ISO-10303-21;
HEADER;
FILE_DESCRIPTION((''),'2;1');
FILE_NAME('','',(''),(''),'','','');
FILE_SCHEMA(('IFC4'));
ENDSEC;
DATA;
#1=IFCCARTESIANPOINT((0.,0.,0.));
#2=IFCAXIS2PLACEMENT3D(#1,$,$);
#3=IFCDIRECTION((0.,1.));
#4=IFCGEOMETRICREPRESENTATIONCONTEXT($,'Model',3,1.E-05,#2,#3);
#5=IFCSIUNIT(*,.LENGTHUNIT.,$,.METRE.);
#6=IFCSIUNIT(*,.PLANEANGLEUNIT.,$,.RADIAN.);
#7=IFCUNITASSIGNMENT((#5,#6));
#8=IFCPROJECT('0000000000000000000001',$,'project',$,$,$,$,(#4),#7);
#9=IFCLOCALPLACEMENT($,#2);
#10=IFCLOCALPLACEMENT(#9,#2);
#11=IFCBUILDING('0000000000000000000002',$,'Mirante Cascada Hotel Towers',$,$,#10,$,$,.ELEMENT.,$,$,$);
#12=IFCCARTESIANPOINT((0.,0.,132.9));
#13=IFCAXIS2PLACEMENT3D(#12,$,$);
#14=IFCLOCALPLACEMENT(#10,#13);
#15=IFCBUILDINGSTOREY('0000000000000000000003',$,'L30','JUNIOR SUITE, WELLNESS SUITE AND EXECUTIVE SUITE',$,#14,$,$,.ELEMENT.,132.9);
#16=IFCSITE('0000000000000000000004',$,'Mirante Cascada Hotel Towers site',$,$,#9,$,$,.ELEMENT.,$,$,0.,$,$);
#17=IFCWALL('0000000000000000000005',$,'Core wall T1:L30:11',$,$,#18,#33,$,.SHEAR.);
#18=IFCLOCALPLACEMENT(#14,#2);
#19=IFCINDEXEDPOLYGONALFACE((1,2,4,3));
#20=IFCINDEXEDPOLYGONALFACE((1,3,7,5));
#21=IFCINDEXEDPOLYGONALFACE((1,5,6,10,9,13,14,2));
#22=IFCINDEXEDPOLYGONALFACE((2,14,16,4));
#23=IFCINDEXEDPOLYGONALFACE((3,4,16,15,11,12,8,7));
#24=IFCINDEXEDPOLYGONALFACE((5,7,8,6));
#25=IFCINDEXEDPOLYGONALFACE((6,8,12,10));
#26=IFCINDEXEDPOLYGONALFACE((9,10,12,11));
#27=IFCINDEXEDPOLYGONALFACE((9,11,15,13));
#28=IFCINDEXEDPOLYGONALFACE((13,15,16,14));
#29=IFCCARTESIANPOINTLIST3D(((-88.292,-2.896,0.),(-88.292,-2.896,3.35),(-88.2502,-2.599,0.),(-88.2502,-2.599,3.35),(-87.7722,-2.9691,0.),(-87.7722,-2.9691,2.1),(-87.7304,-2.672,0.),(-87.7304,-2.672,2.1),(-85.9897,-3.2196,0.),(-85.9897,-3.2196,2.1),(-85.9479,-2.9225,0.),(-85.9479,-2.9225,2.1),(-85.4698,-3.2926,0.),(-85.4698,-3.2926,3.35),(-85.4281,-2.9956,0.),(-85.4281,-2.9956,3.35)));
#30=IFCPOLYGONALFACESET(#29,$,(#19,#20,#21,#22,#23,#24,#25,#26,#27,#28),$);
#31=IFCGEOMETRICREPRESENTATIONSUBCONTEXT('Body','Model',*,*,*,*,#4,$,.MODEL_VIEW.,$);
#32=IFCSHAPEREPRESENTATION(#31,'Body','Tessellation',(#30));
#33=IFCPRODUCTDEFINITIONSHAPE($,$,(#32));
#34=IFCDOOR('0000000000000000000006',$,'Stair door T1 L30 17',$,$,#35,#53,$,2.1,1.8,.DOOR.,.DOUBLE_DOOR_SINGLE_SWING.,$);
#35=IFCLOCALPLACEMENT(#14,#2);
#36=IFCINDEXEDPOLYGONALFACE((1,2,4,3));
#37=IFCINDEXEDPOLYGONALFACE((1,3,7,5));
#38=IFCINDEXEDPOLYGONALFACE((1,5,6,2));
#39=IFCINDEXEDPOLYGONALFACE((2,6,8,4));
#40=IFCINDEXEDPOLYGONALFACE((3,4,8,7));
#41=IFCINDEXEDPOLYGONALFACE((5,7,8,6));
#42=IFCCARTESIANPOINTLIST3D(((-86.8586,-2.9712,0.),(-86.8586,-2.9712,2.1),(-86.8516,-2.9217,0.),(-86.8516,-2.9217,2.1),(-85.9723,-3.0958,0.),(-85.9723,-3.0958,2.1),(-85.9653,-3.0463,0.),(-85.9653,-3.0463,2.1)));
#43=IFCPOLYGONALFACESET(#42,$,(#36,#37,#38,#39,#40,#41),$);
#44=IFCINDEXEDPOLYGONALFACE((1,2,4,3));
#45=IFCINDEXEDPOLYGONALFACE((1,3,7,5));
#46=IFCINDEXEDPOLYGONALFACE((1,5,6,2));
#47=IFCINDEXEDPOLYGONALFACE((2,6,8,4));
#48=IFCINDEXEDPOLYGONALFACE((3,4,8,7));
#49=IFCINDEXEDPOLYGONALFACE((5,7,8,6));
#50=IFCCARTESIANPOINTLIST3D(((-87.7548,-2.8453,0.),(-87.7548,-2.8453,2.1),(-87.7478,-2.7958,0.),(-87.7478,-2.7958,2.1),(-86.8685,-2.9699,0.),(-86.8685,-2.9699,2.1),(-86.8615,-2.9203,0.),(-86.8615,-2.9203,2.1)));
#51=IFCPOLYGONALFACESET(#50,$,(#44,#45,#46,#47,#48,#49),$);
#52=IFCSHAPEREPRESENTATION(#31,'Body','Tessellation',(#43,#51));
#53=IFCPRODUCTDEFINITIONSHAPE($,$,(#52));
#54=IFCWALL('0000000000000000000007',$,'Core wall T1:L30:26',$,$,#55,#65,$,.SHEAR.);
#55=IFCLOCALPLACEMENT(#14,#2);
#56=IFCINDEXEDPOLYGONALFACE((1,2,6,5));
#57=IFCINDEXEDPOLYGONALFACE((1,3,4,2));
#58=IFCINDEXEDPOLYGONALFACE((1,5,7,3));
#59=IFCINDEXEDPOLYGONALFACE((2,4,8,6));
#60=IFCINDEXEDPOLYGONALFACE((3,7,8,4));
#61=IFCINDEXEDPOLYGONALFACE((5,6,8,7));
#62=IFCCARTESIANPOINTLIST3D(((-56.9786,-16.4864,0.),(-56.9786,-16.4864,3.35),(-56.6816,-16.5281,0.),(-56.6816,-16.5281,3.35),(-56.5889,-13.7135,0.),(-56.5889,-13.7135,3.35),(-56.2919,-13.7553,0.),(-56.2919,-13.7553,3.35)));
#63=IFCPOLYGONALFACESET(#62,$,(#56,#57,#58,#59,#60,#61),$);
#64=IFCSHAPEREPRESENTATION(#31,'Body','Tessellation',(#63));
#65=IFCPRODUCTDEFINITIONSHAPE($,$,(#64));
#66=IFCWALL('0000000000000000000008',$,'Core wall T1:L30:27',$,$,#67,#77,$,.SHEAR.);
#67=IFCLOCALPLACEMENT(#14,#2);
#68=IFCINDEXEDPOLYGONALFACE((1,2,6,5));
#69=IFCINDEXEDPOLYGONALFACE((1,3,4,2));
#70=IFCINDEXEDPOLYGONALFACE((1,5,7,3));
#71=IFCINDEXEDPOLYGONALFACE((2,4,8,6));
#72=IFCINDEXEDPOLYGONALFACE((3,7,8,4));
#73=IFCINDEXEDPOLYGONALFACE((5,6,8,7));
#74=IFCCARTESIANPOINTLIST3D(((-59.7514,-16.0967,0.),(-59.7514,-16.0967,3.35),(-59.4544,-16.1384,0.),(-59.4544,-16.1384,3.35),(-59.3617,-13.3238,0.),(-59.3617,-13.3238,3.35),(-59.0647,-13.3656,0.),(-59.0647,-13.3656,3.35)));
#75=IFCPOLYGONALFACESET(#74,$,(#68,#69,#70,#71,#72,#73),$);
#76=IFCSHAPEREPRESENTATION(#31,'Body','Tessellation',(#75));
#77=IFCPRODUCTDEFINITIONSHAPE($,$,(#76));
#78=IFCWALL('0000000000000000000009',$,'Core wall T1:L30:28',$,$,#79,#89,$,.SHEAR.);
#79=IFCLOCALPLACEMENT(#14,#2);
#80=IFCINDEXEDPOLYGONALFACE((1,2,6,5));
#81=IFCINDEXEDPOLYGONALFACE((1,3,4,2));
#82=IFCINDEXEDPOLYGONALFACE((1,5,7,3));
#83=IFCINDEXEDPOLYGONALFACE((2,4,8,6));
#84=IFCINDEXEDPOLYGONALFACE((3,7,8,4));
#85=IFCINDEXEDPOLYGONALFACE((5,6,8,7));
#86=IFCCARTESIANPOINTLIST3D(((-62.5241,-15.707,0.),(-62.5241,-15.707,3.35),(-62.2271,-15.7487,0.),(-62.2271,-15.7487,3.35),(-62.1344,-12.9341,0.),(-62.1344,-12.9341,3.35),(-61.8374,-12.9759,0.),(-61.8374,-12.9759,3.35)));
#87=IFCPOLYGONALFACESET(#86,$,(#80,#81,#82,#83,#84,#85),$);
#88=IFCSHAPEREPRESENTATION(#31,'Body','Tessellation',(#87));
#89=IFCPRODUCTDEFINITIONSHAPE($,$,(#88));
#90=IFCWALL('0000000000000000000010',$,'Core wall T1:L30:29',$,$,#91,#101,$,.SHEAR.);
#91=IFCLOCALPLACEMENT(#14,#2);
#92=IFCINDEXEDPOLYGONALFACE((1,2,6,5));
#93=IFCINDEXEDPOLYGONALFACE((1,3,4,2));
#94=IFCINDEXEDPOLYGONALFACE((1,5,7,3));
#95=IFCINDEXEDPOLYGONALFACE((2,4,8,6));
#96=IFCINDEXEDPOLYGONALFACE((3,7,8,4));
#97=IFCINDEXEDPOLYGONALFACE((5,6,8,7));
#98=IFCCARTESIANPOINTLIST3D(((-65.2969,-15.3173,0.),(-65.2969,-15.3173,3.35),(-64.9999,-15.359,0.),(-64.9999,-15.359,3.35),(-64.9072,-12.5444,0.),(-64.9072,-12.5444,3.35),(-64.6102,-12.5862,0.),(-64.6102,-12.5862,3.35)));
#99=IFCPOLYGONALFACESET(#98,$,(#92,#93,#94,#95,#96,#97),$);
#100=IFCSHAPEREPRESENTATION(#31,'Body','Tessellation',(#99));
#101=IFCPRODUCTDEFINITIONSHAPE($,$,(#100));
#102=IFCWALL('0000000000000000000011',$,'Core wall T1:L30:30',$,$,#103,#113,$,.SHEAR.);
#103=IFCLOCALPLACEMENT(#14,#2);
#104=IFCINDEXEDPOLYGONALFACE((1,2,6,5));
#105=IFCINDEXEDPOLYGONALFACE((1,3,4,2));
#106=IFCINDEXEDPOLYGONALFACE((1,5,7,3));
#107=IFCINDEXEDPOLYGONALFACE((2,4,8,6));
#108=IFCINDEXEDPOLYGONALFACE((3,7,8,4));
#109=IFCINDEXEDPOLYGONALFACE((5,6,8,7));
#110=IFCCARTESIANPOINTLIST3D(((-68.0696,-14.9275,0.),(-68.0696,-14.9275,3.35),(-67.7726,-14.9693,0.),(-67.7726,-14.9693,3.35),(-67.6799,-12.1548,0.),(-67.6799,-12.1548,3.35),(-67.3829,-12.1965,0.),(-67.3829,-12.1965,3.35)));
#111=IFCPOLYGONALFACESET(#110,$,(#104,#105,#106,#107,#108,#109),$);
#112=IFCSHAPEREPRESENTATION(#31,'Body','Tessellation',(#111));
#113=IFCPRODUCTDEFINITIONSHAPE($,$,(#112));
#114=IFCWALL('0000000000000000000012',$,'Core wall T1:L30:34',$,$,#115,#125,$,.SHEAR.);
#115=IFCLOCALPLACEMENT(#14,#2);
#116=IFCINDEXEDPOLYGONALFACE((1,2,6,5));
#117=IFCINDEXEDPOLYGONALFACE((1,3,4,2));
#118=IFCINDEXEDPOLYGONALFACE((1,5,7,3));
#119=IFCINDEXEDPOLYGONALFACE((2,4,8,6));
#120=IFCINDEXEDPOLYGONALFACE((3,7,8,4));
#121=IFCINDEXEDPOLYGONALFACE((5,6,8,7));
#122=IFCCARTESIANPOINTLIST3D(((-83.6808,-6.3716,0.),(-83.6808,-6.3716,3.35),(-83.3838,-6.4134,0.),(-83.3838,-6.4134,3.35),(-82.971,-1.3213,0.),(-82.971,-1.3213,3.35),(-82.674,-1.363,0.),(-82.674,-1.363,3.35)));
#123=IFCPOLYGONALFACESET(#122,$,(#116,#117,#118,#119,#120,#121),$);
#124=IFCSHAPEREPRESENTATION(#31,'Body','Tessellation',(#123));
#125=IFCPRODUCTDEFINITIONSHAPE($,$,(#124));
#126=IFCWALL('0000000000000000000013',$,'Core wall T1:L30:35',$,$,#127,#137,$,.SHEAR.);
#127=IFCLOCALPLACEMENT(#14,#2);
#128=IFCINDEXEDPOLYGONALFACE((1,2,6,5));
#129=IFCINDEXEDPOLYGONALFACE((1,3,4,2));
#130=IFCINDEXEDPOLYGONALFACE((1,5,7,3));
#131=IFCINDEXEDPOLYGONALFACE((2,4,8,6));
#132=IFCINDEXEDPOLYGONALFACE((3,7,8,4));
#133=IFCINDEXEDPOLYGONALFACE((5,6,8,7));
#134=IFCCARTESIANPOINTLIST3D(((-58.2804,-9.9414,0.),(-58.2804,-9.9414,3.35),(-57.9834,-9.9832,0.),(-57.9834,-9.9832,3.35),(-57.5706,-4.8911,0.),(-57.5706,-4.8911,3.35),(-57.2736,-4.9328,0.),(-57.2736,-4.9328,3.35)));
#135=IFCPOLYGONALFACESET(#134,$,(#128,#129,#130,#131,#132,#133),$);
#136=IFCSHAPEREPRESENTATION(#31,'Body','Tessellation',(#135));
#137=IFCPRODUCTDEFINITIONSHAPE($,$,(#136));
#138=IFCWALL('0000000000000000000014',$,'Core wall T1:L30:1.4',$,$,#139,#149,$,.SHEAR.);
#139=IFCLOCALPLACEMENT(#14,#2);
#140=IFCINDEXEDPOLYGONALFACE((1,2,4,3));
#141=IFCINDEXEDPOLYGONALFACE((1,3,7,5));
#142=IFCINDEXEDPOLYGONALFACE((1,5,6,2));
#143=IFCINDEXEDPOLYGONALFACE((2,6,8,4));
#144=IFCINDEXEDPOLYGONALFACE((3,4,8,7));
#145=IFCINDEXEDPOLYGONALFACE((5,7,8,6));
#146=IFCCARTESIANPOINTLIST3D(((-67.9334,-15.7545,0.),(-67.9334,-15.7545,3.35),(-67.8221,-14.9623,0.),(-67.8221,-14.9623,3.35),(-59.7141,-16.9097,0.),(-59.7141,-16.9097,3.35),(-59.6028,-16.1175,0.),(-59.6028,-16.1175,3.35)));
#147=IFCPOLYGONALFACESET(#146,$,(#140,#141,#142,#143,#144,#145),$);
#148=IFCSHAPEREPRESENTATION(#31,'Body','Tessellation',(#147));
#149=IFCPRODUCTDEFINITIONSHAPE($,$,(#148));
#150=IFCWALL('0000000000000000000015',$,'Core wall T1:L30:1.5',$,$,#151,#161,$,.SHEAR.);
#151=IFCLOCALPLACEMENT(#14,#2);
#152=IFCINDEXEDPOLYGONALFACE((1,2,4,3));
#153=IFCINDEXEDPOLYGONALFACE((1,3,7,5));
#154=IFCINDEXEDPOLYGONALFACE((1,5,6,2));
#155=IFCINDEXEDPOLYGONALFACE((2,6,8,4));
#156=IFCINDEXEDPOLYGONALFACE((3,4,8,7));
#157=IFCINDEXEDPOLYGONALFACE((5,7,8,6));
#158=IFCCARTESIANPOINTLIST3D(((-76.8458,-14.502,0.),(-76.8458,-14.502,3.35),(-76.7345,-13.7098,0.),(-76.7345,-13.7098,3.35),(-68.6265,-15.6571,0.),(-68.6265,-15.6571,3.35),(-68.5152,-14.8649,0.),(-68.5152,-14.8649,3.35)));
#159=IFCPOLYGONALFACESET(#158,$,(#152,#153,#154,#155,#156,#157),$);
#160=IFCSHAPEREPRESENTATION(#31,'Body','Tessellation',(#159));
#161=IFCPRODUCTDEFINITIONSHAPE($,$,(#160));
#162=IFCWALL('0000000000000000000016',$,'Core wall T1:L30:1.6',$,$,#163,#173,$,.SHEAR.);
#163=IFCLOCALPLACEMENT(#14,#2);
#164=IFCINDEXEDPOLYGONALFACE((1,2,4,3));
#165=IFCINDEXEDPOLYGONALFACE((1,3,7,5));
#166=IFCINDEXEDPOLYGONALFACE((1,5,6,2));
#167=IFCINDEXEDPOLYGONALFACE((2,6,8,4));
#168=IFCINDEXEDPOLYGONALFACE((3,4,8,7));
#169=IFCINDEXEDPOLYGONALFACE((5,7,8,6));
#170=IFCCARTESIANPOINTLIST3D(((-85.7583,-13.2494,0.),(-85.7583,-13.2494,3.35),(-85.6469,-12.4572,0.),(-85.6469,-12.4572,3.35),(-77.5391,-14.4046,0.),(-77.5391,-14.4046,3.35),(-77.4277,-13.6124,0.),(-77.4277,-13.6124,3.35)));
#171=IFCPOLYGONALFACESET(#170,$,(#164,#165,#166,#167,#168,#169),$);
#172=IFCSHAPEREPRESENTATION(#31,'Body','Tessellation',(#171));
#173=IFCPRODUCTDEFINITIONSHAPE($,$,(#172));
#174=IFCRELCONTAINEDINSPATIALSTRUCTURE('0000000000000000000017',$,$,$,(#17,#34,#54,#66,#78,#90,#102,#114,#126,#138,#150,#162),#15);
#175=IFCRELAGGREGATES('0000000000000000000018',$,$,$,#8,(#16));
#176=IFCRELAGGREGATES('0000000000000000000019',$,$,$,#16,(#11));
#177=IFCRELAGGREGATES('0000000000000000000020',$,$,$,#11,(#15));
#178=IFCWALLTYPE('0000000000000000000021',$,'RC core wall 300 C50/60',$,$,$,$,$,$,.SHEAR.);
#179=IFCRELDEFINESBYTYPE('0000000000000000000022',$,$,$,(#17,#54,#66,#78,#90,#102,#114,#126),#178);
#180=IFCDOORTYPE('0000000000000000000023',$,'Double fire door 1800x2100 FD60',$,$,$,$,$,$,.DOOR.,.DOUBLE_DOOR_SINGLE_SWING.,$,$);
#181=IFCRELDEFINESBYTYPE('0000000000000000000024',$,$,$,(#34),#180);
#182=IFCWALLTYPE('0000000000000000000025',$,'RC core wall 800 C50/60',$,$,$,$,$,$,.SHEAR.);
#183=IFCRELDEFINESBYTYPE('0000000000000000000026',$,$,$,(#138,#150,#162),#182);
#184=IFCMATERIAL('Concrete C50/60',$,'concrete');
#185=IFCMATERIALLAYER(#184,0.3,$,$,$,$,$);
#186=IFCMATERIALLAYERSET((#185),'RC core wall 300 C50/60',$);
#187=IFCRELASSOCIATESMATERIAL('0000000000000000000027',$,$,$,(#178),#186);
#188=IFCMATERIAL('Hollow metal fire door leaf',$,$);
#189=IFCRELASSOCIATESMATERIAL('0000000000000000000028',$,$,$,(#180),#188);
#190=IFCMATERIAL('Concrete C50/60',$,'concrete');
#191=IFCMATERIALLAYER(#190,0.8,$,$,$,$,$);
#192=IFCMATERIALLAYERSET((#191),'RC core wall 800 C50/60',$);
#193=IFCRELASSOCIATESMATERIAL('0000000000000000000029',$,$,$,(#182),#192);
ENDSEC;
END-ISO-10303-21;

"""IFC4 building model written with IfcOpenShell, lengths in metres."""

from ifc_helpers import new_model, si_unit, direction, frame, frame_2d, origin, place, context, subcontext, project, spatial, rectangle, extrude, material, layer, layer_set, type_object, element, fill, save


model = new_model("IFC4")

# Units and contexts
model_context = context("Model", 3, precision=1e-05, world=origin(), true_north=direction((0.0, 1.0)))
body_context = subcontext(model_context, "Body", "Model", "MODEL_VIEW")
ifc_project = project(units=[si_unit("LENGTHUNIT", "METRE"), si_unit("PLANEANGLEUNIT", "RADIAN")], contexts=[model_context])

# Site, building, storey
site_placement = place(None, origin())
site = spatial("IfcSite", under=ifc_project, at=site_placement, Name="Mirante Cascada Hotel Towers site", CompositionType="ELEMENT", RefElevation=0.0)
building_placement = place(site_placement, origin())
building = spatial("IfcBuilding", under=site, at=building_placement, Name="Mirante Cascada Hotel Towers", CompositionType="ELEMENT")
storey_placement = place(building_placement, frame((0.0, 0.0, 132.9)))
storey = spatial("IfcBuildingStorey", under=building, at=storey_placement, Name="L30", Description="JUNIOR SUITE, WELLNESS SUITE AND EXECUTIVE SUITE", CompositionType="ELEMENT", Elevation=132.9)

# Wall, opening, door
ifc_material_1 = material(Name="Concrete C50/60", Category="concrete")
ifc_layer_1 = layer(ifc_material_1, 0.3)
ifc_layer_set_1 = layer_set([ifc_layer_1], Name="RC core wall 300 C50/60")
wall_type_1 = type_object("IfcWallType", Name="RC core wall 300 C50/60", PredefinedType="SHEAR", material=ifc_layer_set_1)
wall_1_placement = place(storey_placement, frame((-85.4489, -3.1441, 0.0), z_axis=(0.0, 0.0, 1.0), x_axis=(-0.99027, 0.139161, 0.0)))
wall_1 = element("IfcWall", 1, at=wall_1_placement, inside=storey, type_object=wall_type_1, Name="Core wall T1:L30:11", PredefinedType="SHEAR", context=body_context, shape_type="SweptSolid", body=[
    extrude(rectangle(XDim=2.8499, YDim=0.3, at=frame_2d((1.425, 0.0))), origin(), (0.0, 0.0, 1.0), 3.35),
])
opening_placement = place(wall_1_placement, frame((0.525, 0.0, 0.0)))
opening = element("IfcOpeningElement", 2, at=opening_placement, cuts=wall_1, PredefinedType="OPENING", context=body_context, shape_type="SweptSolid", body=[
    extrude(rectangle(XDim=1.8, YDim=2.1, at=frame_2d((0.9, 1.05))), frame((0.0, 0.15, 0.0), z_axis=(0.0, -1.0, 0.0), x_axis=(1.0, 0.0, 0.0)), (0.0, 0.0, 1.0), 0.3),
])
ifc_material_2 = material(Name="Hollow metal fire door leaf")
door_type = type_object("IfcDoorType", Name="Double fire door 1800x2100 FD60", OperationType="DOUBLE_DOOR_SINGLE_SWING", PredefinedType="DOOR", material=ifc_material_2)
door_placement = place(opening_placement, origin())
door = element("IfcDoor", 3, at=door_placement, inside=storey, type_object=door_type, Name="Stair door T1 L30 17", OperationType="DOUBLE_DOOR_SINGLE_SWING", OverallHeight=2.1, OverallWidth=1.8, PredefinedType="DOOR", context=body_context, shape_type="SweptSolid", body=[
    extrude(rectangle(XDim=0.895, YDim=2.1, at=frame_2d((0.4475, 1.05))), frame((0.0, 0.025, 0.0), z_axis=(0.0, -1.0, 0.0), x_axis=(1.0, 0.0, 0.0)), (0.0, 0.0, 1.0), 0.05),
    extrude(rectangle(XDim=0.895, YDim=2.1, at=frame_2d((1.3525, 1.05))), frame((0.0, 0.025, 0.0), z_axis=(0.0, -1.0, 0.0), x_axis=(1.0, 0.0, 0.0)), (0.0, 0.0, 1.0), 0.05),
])
fill(opening, door)

# Walls
for number, where, z_axis, x_axis, name in (
    (4, (-56.8301, -16.5072, 0.0), (0.0, 0.0, 1.0), (0.139176, 0.990268, 0.0), "Core wall T1:L30:26"),
    (5, (-59.6029, -16.1175, 0.0), (0.0, 0.0, 1.0), (0.139176, 0.990268, 0.0), "Core wall T1:L30:27"),
    (6, (-62.3756, -15.7278, 0.0), (0.0, 0.0, 1.0), (0.139176, 0.990268, 0.0), "Core wall T1:L30:28"),
    (7, (-65.1484, -15.3381, 0.0), (0.0, 0.0, 1.0), (0.139176, 0.990268, 0.0), "Core wall T1:L30:29"),
):
    element("IfcWall", number, at=place(storey_placement, frame(where, z_axis=z_axis, x_axis=x_axis)), inside=storey, type_object=wall_type_1, Name=name, PredefinedType="SHEAR", context=body_context, shape_type="SweptSolid", body=[
        extrude(rectangle(XDim=2.8001, YDim=0.3, at=frame_2d((1.4, 0.0))), origin(), (0.0, 0.0, 1.0), 3.35),
    ])
wall_2_placement = place(storey_placement, frame((-67.9211, -14.9484, 0.0), z_axis=(0.0, 0.0, 1.0), x_axis=(0.139181, 0.990267, 0.0)))
element("IfcWall", 8, at=wall_2_placement, inside=storey, type_object=wall_type_1, Name="Core wall T1:L30:30", PredefinedType="SHEAR", context=body_context, shape_type="SweptSolid", body=[
    extrude(rectangle(XDim=2.8, YDim=0.3, at=frame_2d((1.4, 0.0))), origin(), (0.0, 0.0, 1.0), 3.35),
])
for number, where, z_axis, x_axis, name in (
    (9, (-83.5323, -6.3925, 0.0), (0.0, 0.0, 1.0), (0.139176, 0.990268, 0.0), "Core wall T1:L30:34"),
    (10, (-58.1319, -9.9623, 0.0), (0.0, 0.0, 1.0), (0.139176, 0.990268, 0.0), "Core wall T1:L30:35"),
):
    element("IfcWall", number, at=place(storey_placement, frame(where, z_axis=z_axis, x_axis=x_axis)), inside=storey, type_object=wall_type_1, Name=name, PredefinedType="SHEAR", context=body_context, shape_type="SweptSolid", body=[
        extrude(rectangle(XDim=5.1, YDim=0.3, at=frame_2d((2.55, 0.0))), origin(), (0.0, 0.0, 1.0), 3.35),
    ])
ifc_material_3 = material(Name="Concrete C50/60", Category="concrete")
ifc_layer_2 = layer(ifc_material_3, 0.8)
ifc_layer_set_2 = layer_set([ifc_layer_2], Name="RC core wall 800 C50/60")
wall_type_2 = type_object("IfcWallType", Name="RC core wall 800 C50/60", PredefinedType="SHEAR", material=ifc_layer_set_2)
for number, where, z_axis, x_axis, name in (
    (11, (-59.6585, -16.5136, 0.0), (0.0, 0.0, 1.0), (-0.990267, 0.139179, 0.0), "Core wall T1:L30:1.4"),
    (12, (-68.5709, -15.261, 0.0), (0.0, 0.0, 1.0), (-0.990269, 0.139167, 0.0), "Core wall T1:L30:1.5"),
):
    element("IfcWall", number, at=place(storey_placement, frame(where, z_axis=z_axis, x_axis=x_axis)), inside=storey, type_object=wall_type_2, Name=name, PredefinedType="SHEAR", context=body_context, shape_type="SweptSolid", body=[
        extrude(rectangle(XDim=8.3001, YDim=0.8, at=frame_2d((4.15, 0.0))), origin(), (0.0, 0.0, 1.0), 3.35),
    ])
wall_3_placement = place(storey_placement, frame((-77.4834, -14.0085, 0.0), z_axis=(0.0, 0.0, 1.0), x_axis=(-0.990267, 0.139181, 0.0)))
element("IfcWall", 13, at=wall_3_placement, inside=storey, type_object=wall_type_2, Name="Core wall T1:L30:1.6", PredefinedType="SHEAR", context=body_context, shape_type="SweptSolid", body=[
    extrude(rectangle(XDim=8.3, YDim=0.8, at=frame_2d((4.15, 0.0))), origin(), (0.0, 0.0, 1.0), 3.35),
])

save(model, "model.ifc")
